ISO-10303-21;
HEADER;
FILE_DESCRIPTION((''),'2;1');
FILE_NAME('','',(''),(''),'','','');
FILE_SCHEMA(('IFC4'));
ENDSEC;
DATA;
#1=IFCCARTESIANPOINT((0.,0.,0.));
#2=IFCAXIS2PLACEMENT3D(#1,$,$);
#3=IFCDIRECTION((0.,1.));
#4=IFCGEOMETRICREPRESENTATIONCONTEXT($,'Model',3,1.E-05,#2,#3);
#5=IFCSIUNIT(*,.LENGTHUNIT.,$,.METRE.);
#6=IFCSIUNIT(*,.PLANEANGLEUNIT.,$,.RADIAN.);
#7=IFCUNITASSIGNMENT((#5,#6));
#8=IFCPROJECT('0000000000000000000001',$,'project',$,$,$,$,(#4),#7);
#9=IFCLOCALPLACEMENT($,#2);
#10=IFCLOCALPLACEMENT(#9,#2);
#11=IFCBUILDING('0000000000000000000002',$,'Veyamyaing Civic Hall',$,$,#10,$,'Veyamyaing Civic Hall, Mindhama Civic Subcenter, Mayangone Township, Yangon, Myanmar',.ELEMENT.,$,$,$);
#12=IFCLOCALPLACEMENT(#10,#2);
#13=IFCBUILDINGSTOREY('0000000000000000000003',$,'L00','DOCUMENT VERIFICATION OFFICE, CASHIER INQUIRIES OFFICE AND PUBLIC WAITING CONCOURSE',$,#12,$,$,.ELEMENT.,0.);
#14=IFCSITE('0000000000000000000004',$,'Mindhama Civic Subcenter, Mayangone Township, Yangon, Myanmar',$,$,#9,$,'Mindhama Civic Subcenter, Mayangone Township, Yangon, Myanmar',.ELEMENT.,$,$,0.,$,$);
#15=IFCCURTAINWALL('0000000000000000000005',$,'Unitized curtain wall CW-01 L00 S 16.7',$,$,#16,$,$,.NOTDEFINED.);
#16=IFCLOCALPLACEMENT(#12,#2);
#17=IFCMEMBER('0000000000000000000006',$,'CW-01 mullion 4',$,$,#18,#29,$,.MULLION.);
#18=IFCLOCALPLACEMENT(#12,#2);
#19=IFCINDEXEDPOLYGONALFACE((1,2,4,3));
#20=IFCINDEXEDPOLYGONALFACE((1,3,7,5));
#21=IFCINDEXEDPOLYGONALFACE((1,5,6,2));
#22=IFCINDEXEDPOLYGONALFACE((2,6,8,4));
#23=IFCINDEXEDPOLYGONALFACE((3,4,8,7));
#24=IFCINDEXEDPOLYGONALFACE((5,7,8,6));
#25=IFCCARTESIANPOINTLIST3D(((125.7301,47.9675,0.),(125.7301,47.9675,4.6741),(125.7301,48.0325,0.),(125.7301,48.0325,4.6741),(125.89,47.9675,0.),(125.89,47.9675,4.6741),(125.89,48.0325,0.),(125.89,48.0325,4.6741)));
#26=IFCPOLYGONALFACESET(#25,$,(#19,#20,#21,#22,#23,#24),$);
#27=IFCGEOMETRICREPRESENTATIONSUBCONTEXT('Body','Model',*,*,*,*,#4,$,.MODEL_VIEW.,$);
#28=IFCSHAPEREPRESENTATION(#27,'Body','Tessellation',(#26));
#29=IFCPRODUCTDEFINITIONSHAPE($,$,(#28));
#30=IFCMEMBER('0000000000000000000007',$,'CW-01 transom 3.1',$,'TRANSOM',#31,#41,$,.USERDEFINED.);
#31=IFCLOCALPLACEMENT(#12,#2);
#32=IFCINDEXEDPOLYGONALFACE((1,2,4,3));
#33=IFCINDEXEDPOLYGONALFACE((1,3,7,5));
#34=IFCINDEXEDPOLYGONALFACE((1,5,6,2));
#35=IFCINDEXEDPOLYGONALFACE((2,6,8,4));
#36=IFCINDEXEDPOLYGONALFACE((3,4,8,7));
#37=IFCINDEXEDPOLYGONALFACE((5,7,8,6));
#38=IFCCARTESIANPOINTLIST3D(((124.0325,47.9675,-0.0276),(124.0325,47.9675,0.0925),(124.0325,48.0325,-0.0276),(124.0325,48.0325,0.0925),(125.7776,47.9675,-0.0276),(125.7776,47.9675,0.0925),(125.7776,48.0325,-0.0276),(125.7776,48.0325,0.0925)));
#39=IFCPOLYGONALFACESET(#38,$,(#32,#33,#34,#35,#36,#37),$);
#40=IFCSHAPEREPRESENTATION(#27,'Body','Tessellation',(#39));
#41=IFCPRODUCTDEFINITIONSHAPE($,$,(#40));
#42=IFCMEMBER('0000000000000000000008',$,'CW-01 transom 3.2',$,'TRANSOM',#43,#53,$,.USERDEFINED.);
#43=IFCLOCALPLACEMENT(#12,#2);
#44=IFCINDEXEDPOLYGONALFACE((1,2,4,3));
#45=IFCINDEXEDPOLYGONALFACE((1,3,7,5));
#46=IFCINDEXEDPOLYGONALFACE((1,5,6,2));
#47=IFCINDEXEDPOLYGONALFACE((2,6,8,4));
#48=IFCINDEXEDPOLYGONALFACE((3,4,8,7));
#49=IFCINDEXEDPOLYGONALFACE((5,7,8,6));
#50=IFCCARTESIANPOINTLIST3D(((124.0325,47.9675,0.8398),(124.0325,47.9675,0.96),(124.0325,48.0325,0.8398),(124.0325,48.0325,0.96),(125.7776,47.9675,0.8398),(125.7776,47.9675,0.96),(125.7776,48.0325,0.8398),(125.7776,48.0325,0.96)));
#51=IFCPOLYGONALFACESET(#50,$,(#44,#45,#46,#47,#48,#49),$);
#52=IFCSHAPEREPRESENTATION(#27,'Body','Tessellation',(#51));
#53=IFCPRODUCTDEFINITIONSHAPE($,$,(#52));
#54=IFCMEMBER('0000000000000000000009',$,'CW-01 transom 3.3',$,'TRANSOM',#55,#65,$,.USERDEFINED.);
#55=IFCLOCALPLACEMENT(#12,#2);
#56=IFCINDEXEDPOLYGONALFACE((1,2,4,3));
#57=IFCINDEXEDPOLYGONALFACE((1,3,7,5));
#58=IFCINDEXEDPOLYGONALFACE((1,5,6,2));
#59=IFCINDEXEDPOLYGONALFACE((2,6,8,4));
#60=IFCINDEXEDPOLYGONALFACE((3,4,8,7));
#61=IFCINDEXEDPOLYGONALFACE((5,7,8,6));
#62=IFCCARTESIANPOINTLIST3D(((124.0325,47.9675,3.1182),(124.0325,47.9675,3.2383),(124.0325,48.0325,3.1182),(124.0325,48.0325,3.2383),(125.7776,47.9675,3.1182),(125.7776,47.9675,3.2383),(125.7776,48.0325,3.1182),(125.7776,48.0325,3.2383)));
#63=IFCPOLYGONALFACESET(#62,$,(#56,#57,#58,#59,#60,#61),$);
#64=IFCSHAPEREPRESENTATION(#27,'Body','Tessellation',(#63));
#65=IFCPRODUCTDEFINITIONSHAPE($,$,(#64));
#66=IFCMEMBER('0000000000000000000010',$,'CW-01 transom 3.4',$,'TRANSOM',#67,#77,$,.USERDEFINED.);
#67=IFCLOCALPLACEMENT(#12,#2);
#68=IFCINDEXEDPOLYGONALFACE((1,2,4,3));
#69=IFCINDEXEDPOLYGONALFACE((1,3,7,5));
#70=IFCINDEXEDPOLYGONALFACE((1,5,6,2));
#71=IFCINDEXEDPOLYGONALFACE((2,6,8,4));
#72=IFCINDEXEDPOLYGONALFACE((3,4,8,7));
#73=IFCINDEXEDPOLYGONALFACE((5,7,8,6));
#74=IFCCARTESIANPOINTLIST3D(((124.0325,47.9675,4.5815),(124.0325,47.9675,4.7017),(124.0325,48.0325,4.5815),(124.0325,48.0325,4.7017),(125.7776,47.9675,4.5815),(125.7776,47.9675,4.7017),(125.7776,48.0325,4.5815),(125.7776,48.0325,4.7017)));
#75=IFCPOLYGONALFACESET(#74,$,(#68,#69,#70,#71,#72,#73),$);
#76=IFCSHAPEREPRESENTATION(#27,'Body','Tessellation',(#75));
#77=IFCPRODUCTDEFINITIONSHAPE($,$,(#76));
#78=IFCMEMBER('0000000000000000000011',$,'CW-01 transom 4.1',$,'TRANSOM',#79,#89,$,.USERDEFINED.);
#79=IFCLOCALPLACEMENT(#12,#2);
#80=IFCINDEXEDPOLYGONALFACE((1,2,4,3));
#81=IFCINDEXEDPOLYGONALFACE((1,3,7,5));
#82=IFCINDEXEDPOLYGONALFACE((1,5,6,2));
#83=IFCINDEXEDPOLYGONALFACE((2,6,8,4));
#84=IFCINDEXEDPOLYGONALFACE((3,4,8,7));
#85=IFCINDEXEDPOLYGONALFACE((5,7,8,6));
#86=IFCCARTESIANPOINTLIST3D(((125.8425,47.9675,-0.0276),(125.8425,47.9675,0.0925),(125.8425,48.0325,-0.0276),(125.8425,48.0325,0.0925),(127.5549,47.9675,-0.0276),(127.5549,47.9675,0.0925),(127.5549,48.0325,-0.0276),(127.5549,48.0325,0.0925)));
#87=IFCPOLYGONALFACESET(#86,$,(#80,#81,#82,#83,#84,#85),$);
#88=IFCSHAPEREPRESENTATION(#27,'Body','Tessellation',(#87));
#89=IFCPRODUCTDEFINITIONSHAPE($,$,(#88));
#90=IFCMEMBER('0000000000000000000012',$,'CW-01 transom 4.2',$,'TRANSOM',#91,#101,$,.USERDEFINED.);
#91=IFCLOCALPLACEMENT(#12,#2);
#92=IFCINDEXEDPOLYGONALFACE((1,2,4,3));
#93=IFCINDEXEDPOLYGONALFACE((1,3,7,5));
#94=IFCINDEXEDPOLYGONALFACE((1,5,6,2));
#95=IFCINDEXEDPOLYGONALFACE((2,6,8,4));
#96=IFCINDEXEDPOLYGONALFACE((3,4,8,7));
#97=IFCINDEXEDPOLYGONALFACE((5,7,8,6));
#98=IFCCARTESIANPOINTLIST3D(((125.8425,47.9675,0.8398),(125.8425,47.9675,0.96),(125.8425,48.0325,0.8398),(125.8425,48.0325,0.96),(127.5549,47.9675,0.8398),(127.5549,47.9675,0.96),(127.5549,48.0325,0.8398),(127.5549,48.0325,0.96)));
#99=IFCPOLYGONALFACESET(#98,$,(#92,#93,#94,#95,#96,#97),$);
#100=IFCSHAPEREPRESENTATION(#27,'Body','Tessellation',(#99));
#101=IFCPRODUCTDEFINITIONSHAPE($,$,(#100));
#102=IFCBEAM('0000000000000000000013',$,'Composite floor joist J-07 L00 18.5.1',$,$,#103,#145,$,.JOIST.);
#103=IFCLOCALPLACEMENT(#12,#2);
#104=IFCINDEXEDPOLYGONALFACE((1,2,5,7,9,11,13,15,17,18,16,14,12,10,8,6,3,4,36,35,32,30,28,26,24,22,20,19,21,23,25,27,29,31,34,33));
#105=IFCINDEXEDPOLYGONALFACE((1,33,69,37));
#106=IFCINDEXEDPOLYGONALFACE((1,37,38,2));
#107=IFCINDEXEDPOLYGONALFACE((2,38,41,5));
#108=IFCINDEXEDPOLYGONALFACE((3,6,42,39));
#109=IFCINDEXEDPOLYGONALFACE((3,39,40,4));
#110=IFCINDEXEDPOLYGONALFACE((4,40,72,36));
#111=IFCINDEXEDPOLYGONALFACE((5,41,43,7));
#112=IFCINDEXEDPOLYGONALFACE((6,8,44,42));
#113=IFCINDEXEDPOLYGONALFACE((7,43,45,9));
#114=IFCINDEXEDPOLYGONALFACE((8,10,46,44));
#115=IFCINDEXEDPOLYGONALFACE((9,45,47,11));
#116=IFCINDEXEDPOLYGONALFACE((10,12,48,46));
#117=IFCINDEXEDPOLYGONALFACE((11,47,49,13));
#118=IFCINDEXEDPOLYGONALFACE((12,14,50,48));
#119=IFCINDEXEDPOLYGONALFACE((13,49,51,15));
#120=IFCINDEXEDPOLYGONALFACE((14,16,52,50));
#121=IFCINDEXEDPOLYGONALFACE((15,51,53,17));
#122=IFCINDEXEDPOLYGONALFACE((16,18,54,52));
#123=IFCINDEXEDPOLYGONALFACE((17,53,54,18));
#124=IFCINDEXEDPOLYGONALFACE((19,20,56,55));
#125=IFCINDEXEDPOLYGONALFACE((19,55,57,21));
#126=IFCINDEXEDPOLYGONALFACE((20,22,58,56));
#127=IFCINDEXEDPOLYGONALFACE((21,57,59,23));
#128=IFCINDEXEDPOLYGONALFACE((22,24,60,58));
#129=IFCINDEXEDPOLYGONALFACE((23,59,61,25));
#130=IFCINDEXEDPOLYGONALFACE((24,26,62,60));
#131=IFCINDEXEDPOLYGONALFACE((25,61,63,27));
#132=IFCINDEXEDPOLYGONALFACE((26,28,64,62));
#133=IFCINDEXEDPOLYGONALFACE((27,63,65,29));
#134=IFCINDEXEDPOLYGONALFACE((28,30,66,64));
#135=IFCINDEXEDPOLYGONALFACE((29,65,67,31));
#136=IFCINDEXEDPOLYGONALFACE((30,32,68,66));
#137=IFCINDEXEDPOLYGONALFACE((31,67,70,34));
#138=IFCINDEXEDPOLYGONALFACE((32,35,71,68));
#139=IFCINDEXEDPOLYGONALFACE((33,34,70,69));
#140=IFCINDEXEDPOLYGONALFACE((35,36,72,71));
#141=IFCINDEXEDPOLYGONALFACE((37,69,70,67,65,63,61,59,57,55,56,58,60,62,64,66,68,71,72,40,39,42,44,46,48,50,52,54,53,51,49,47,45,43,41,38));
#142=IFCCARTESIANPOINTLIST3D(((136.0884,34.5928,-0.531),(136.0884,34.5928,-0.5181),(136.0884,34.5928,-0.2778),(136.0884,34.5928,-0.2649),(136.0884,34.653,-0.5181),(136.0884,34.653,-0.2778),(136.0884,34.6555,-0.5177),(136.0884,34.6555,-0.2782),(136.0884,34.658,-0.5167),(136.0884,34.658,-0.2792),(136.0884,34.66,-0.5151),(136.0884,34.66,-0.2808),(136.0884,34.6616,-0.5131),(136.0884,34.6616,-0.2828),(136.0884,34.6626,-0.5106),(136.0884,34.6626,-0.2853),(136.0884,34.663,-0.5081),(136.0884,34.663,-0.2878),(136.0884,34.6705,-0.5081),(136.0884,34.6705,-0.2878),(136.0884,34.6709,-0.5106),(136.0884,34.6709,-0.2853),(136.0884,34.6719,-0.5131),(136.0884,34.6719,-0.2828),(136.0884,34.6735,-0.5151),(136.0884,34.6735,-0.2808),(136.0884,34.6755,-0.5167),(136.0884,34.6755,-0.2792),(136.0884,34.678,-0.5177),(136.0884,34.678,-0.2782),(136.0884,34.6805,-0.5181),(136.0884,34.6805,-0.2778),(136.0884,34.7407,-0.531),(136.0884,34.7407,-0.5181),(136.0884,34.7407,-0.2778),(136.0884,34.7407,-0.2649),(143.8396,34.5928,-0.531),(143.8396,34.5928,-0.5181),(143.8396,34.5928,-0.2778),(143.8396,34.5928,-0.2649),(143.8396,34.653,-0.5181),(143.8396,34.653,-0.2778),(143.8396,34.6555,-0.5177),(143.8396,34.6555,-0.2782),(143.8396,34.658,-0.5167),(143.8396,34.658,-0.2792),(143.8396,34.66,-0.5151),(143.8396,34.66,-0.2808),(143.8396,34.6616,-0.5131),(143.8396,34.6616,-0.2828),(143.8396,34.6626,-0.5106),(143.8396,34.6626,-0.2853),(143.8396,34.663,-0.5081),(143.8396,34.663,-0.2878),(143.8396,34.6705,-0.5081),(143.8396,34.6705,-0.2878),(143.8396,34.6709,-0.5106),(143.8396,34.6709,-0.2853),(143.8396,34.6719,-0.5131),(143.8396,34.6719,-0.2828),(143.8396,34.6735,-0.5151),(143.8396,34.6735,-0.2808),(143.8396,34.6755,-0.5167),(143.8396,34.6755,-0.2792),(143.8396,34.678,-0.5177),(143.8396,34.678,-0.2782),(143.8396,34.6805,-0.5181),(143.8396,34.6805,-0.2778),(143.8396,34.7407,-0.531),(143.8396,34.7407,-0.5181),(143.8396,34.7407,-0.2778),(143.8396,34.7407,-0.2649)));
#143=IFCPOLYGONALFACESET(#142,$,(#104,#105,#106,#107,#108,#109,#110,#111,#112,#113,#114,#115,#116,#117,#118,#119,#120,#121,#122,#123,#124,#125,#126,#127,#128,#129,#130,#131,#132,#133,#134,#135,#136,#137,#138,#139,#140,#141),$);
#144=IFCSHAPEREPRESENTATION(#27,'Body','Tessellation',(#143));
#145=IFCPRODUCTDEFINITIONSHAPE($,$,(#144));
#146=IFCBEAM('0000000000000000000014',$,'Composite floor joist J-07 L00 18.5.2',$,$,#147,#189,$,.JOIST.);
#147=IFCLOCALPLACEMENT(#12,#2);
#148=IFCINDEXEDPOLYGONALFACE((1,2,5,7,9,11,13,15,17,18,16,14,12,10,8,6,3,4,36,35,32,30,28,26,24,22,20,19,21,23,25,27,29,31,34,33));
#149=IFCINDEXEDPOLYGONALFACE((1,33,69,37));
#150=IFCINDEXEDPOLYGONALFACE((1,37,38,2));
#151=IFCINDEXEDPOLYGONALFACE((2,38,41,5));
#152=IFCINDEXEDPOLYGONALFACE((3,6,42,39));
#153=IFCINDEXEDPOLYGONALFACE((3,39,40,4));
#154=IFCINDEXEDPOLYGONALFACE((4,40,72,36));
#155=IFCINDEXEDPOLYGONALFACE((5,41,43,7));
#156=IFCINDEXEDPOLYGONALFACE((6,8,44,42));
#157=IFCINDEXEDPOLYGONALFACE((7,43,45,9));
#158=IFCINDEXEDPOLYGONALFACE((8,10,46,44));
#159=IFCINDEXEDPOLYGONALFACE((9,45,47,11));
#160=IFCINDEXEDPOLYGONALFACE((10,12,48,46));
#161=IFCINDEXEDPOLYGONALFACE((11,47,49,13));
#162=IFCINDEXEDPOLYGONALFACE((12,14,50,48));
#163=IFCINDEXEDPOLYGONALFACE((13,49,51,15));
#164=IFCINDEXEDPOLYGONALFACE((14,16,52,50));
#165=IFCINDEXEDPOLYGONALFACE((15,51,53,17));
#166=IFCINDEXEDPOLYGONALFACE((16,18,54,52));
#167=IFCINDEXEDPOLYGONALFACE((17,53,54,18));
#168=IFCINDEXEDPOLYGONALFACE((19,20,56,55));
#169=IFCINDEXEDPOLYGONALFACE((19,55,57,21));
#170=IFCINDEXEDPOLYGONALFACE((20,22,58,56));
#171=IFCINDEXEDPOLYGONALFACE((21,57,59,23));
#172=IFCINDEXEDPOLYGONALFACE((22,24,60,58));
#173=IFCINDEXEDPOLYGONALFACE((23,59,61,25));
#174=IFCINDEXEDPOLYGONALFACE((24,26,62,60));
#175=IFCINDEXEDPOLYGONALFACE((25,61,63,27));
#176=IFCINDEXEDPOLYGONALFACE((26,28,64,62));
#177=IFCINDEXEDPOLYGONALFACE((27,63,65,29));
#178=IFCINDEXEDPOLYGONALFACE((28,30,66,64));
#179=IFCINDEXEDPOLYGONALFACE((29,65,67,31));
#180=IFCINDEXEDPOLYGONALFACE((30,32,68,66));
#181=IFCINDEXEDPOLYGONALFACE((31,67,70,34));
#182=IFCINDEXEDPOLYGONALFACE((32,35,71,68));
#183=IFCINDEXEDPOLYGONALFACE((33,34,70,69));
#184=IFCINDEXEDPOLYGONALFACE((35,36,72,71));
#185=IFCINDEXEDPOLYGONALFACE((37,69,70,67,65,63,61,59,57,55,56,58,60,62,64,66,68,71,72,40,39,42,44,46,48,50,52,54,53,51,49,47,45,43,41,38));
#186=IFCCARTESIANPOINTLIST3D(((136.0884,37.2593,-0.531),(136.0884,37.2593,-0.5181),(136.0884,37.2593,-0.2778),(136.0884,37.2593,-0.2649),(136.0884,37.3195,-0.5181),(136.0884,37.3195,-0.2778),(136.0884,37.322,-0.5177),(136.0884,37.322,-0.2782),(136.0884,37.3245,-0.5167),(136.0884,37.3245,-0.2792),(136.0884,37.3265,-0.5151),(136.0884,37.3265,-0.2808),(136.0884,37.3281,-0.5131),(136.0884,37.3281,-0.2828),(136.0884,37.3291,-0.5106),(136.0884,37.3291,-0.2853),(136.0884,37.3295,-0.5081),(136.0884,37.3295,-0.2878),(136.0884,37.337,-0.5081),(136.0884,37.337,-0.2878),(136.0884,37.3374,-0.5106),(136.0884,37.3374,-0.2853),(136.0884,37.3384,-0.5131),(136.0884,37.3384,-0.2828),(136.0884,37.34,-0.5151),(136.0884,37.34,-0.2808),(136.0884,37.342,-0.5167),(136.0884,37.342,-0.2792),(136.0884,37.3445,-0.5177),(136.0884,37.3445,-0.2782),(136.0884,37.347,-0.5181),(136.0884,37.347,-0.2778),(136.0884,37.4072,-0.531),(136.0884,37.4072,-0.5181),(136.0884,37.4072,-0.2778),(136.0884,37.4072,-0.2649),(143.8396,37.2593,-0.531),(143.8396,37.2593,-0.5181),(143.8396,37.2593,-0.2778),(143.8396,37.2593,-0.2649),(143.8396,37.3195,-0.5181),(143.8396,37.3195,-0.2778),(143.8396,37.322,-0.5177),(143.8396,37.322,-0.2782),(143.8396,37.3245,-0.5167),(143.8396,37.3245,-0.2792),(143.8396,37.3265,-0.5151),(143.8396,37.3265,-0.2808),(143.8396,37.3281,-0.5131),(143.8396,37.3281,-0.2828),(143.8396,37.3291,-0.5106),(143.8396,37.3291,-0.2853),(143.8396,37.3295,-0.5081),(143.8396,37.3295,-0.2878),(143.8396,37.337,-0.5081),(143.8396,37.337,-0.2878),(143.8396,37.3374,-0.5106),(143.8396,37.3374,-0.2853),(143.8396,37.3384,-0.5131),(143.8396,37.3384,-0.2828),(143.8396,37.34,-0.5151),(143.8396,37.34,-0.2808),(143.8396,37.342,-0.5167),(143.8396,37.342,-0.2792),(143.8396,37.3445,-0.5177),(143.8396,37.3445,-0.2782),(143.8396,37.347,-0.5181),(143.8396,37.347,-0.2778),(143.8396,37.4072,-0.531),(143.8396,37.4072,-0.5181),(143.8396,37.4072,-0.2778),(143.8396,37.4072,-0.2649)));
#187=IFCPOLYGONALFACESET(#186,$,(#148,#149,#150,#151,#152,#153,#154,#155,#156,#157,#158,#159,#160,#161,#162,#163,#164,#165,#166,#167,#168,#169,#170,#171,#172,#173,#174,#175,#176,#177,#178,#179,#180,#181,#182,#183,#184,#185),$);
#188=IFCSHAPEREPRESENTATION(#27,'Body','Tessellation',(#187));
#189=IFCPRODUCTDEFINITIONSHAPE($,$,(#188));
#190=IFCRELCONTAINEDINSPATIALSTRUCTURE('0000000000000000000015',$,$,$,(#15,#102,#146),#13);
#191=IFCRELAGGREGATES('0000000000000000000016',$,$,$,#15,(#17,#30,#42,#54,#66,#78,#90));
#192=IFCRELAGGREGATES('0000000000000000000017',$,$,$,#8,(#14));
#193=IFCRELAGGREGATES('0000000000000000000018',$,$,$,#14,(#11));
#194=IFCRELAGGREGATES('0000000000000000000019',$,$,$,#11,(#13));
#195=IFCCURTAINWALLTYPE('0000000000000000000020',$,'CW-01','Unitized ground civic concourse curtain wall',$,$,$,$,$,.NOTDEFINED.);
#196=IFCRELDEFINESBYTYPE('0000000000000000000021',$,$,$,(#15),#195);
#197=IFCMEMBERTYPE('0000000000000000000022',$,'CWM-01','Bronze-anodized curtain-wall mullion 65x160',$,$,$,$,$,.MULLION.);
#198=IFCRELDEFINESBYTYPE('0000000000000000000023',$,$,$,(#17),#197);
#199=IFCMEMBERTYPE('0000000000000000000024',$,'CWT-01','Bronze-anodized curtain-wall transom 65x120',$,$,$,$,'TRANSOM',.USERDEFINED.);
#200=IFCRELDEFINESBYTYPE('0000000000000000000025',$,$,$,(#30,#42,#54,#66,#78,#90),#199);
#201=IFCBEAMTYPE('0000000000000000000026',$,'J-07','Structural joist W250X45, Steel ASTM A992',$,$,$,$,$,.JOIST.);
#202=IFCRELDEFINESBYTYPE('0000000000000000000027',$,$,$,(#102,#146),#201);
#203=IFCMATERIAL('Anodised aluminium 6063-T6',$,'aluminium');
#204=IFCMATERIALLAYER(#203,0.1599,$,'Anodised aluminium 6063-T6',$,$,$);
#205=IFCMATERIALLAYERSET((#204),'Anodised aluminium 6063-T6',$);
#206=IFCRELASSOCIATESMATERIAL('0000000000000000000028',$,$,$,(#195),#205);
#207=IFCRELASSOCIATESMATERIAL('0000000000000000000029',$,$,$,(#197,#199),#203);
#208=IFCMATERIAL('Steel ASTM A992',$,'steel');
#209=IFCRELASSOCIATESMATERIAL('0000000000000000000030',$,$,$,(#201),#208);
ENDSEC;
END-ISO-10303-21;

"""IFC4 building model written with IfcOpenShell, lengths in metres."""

from ifc_helpers import new_model, si_unit, direction, frame, origin, origin_2d, place, context, subcontext, project, spatial, rectangle, i_section, extrude, material, layer, layer_set, material_profile, profile_set, type_object, element, aggregate, save


model = new_model("IFC4")

# Units and contexts
model_context = context("Model", 3, precision=1e-05, world=origin(), true_north=direction((0.0, 1.0)))
body_context = subcontext(model_context, "Body", "Model", "MODEL_VIEW")
ifc_project = project(units=[si_unit("LENGTHUNIT", "METRE"), si_unit("PLANEANGLEUNIT", "RADIAN")], contexts=[model_context])

# Site, building, storey
site_placement = place(None, origin())
site = spatial("IfcSite", under=ifc_project, at=site_placement, Name="Mindhama Civic Subcenter, Mayangone Township, Yangon, Myanmar", LongName="Mindhama Civic Subcenter, Mayangone Township, Yangon, Myanmar", CompositionType="ELEMENT", RefElevation=0.0)
building_placement = place(site_placement, origin())
building = spatial("IfcBuilding", under=site, at=building_placement, Name="Veyamyaing Civic Hall", LongName="Veyamyaing Civic Hall, Mindhama Civic Subcenter, Mayangone Township, Yangon, Myanmar", CompositionType="ELEMENT")
storey_placement = place(building_placement, origin())
storey = spatial("IfcBuildingStorey", under=building, at=storey_placement, Name="L00", Description="DOCUMENT VERIFICATION OFFICE, CASHIER INQUIRIES OFFICE AND PUBLIC WAITING CONCOURSE", CompositionType="ELEMENT", Elevation=0.0)

# Shared definitions
ifc_material_1 = material(Name="Steel ASTM A992", Category="steel")

# Curtain wall, members
ifc_material_2 = material(Name="Anodised aluminium 6063-T6", Category="aluminium")
ifc_layer_1 = layer(ifc_material_2, 0.1599, Name="Anodised aluminium 6063-T6")
ifc_layer_set_1 = layer_set([ifc_layer_1], Name="Anodised aluminium 6063-T6")
curtain_wall_type = type_object("IfcCurtainWallType", Name="CW-01", Description="Unitized ground civic concourse curtain wall", PredefinedType="NOTDEFINED", material=ifc_layer_set_1)
curtain_wall_placement = place(storey_placement, origin())
curtain_wall = element("IfcCurtainWall", 1, at=curtain_wall_placement, inside=storey, type_object=curtain_wall_type, Name="Unitized curtain wall CW-01 L00 S 16.7", PredefinedType="NOTDEFINED")
ifc_material_profile_1 = material_profile(ifc_material_2, rectangle(XDim=0.0649, YDim=0.1599, at=origin_2d()), Name="ALU-MUL-65X160")
ifc_profile_set_1 = profile_set([ifc_material_profile_1], Name="Anodised aluminium 6063-T6")
member_type_1 = type_object("IfcMemberType", Name="CWM-01", Description="Bronze-anodized curtain-wall mullion 65x160", PredefinedType="MULLION", material=ifc_profile_set_1)
member_1_placement = place(storey_placement, frame((125.8101, 48.0, 0.0), z_axis=(0.0, 0.0, 1.0), x_axis=(0.0, 1.0, 0.0)))
member_1 = element("IfcMember", 2, at=member_1_placement, type_object=member_type_1, Name="CW-01 mullion 4", PredefinedType="MULLION", context=body_context, shape_type="SweptSolid", body=[
    extrude(rectangle(XDim=0.0649, YDim=0.1599, at=origin_2d()), origin(), (0.0, 0.0, 1.0), 4.6741),
])
ifc_material_profile_2 = material_profile(ifc_material_2, rectangle(XDim=0.0649, YDim=0.1201, at=origin_2d()), Name="ALU-TRN-65X120")
ifc_profile_set_2 = profile_set([ifc_material_profile_2], Name="Anodised aluminium 6063-T6")
member_type_2 = type_object("IfcMemberType", Name="CWT-01", Description="Bronze-anodized curtain-wall transom 65x120", ElementType="TRANSOM", PredefinedType="USERDEFINED", material=ifc_profile_set_2)
member_2_placement = place(storey_placement, frame((124.0325, 48.0, 0.0325), z_axis=(1.0, 0.0, 0.0), x_axis=(0.0, 1.0, 0.0)))
member_2 = element("IfcMember", 3, at=member_2_placement, type_object=member_type_2, Name="CW-01 transom 3.1", ObjectType="TRANSOM", PredefinedType="USERDEFINED", context=body_context, shape_type="SweptSolid", body=[
    extrude(rectangle(XDim=0.0649, YDim=0.1201, at=origin_2d()), origin(), (0.0, 0.0, 1.0), 1.7451),
])
member_3_placement = place(storey_placement, frame((124.0325, 48.0, 0.8999), z_axis=(1.0, 0.0, 0.0), x_axis=(0.0, 1.0, 0.0)))
member_3 = element("IfcMember", 4, at=member_3_placement, type_object=member_type_2, Name="CW-01 transom 3.2", ObjectType="TRANSOM", PredefinedType="USERDEFINED", context=body_context, shape_type="SweptSolid", body=[
    extrude(rectangle(XDim=0.0649, YDim=0.1201, at=origin_2d()), origin(), (0.0, 0.0, 1.0), 1.7451),
])
member_4_placement = place(storey_placement, frame((124.0325, 48.0, 3.1782), z_axis=(1.0, 0.0, 0.0), x_axis=(0.0, 1.0, 0.0)))
member_4 = element("IfcMember", 5, at=member_4_placement, type_object=member_type_2, Name="CW-01 transom 3.3", ObjectType="TRANSOM", PredefinedType="USERDEFINED", context=body_context, shape_type="SweptSolid", body=[
    extrude(rectangle(XDim=0.0649, YDim=0.1201, at=origin_2d()), origin(), (0.0, 0.0, 1.0), 1.7451),
])
member_5_placement = place(storey_placement, frame((124.0325, 48.0, 4.6416), z_axis=(1.0, 0.0, 0.0), x_axis=(0.0, 1.0, 0.0)))
member_5 = element("IfcMember", 6, at=member_5_placement, type_object=member_type_2, Name="CW-01 transom 3.4", ObjectType="TRANSOM", PredefinedType="USERDEFINED", context=body_context, shape_type="SweptSolid", body=[
    extrude(rectangle(XDim=0.0649, YDim=0.1201, at=origin_2d()), origin(), (0.0, 0.0, 1.0), 1.7451),
])
member_6_placement = place(storey_placement, frame((125.8425, 48.0, 0.0325), z_axis=(1.0, 0.0, 0.0), x_axis=(0.0, 1.0, 0.0)))
member_6 = element("IfcMember", 7, at=member_6_placement, type_object=member_type_2, Name="CW-01 transom 4.1", ObjectType="TRANSOM", PredefinedType="USERDEFINED", context=body_context, shape_type="SweptSolid", body=[
    extrude(rectangle(XDim=0.0649, YDim=0.1201, at=origin_2d()), origin(), (0.0, 0.0, 1.0), 1.7124),
])
member_7_placement = place(storey_placement, frame((125.8425, 48.0, 0.8999), z_axis=(1.0, 0.0, 0.0), x_axis=(0.0, 1.0, 0.0)))
member_7 = element("IfcMember", 8, at=member_7_placement, type_object=member_type_2, Name="CW-01 transom 4.2", ObjectType="TRANSOM", PredefinedType="USERDEFINED", context=body_context, shape_type="SweptSolid", body=[
    extrude(rectangle(XDim=0.0649, YDim=0.1201, at=origin_2d()), origin(), (0.0, 0.0, 1.0), 1.7124),
])

# Beams
ifc_material_profile_3 = material_profile(ifc_material_1, i_section(OverallWidth=0.1479, OverallDepth=0.2661, WebThickness=0.0076, FlangeThickness=0.0129, FilletRadius=0.01, at=origin_2d()), Name="W250X45")
ifc_profile_set_3 = profile_set([ifc_material_profile_3], Name="Steel ASTM A992")
beam_type_1 = type_object("IfcBeamType", Name="J-07", Description="Structural joist W250X45, Steel ASTM A992", PredefinedType="JOIST", material=ifc_profile_set_3)
for number, where, z_axis, x_axis, name in (
    (9, (136.0884, 34.6667, -0.3979), (1.0, 0.0, 0.0), (0.0, 1.0, 0.0), "Composite floor joist J-07 L00 18.5.1"),
    (10, (136.0884, 37.3333, -0.3979), (1.0, 0.0, 0.0), (0.0, 1.0, 0.0), "Composite floor joist J-07 L00 18.5.2"),
):
    element("IfcBeam", number, at=place(storey_placement, frame(where, z_axis=z_axis, x_axis=x_axis)), inside=storey, type_object=beam_type_1, Name=name, PredefinedType="JOIST", context=body_context, shape_type="SweptSolid", body=[
        extrude(i_section(OverallWidth=0.1479, OverallDepth=0.2661, WebThickness=0.0076, FlangeThickness=0.0129, FilletRadius=0.01, at=origin_2d()), origin(), (0.0, 0.0, 1.0), 7.7512),
    ])

aggregate(curtain_wall, [member_1, member_2, member_3, member_4, member_5, member_6, member_7])

save(model, "model.ifc")
